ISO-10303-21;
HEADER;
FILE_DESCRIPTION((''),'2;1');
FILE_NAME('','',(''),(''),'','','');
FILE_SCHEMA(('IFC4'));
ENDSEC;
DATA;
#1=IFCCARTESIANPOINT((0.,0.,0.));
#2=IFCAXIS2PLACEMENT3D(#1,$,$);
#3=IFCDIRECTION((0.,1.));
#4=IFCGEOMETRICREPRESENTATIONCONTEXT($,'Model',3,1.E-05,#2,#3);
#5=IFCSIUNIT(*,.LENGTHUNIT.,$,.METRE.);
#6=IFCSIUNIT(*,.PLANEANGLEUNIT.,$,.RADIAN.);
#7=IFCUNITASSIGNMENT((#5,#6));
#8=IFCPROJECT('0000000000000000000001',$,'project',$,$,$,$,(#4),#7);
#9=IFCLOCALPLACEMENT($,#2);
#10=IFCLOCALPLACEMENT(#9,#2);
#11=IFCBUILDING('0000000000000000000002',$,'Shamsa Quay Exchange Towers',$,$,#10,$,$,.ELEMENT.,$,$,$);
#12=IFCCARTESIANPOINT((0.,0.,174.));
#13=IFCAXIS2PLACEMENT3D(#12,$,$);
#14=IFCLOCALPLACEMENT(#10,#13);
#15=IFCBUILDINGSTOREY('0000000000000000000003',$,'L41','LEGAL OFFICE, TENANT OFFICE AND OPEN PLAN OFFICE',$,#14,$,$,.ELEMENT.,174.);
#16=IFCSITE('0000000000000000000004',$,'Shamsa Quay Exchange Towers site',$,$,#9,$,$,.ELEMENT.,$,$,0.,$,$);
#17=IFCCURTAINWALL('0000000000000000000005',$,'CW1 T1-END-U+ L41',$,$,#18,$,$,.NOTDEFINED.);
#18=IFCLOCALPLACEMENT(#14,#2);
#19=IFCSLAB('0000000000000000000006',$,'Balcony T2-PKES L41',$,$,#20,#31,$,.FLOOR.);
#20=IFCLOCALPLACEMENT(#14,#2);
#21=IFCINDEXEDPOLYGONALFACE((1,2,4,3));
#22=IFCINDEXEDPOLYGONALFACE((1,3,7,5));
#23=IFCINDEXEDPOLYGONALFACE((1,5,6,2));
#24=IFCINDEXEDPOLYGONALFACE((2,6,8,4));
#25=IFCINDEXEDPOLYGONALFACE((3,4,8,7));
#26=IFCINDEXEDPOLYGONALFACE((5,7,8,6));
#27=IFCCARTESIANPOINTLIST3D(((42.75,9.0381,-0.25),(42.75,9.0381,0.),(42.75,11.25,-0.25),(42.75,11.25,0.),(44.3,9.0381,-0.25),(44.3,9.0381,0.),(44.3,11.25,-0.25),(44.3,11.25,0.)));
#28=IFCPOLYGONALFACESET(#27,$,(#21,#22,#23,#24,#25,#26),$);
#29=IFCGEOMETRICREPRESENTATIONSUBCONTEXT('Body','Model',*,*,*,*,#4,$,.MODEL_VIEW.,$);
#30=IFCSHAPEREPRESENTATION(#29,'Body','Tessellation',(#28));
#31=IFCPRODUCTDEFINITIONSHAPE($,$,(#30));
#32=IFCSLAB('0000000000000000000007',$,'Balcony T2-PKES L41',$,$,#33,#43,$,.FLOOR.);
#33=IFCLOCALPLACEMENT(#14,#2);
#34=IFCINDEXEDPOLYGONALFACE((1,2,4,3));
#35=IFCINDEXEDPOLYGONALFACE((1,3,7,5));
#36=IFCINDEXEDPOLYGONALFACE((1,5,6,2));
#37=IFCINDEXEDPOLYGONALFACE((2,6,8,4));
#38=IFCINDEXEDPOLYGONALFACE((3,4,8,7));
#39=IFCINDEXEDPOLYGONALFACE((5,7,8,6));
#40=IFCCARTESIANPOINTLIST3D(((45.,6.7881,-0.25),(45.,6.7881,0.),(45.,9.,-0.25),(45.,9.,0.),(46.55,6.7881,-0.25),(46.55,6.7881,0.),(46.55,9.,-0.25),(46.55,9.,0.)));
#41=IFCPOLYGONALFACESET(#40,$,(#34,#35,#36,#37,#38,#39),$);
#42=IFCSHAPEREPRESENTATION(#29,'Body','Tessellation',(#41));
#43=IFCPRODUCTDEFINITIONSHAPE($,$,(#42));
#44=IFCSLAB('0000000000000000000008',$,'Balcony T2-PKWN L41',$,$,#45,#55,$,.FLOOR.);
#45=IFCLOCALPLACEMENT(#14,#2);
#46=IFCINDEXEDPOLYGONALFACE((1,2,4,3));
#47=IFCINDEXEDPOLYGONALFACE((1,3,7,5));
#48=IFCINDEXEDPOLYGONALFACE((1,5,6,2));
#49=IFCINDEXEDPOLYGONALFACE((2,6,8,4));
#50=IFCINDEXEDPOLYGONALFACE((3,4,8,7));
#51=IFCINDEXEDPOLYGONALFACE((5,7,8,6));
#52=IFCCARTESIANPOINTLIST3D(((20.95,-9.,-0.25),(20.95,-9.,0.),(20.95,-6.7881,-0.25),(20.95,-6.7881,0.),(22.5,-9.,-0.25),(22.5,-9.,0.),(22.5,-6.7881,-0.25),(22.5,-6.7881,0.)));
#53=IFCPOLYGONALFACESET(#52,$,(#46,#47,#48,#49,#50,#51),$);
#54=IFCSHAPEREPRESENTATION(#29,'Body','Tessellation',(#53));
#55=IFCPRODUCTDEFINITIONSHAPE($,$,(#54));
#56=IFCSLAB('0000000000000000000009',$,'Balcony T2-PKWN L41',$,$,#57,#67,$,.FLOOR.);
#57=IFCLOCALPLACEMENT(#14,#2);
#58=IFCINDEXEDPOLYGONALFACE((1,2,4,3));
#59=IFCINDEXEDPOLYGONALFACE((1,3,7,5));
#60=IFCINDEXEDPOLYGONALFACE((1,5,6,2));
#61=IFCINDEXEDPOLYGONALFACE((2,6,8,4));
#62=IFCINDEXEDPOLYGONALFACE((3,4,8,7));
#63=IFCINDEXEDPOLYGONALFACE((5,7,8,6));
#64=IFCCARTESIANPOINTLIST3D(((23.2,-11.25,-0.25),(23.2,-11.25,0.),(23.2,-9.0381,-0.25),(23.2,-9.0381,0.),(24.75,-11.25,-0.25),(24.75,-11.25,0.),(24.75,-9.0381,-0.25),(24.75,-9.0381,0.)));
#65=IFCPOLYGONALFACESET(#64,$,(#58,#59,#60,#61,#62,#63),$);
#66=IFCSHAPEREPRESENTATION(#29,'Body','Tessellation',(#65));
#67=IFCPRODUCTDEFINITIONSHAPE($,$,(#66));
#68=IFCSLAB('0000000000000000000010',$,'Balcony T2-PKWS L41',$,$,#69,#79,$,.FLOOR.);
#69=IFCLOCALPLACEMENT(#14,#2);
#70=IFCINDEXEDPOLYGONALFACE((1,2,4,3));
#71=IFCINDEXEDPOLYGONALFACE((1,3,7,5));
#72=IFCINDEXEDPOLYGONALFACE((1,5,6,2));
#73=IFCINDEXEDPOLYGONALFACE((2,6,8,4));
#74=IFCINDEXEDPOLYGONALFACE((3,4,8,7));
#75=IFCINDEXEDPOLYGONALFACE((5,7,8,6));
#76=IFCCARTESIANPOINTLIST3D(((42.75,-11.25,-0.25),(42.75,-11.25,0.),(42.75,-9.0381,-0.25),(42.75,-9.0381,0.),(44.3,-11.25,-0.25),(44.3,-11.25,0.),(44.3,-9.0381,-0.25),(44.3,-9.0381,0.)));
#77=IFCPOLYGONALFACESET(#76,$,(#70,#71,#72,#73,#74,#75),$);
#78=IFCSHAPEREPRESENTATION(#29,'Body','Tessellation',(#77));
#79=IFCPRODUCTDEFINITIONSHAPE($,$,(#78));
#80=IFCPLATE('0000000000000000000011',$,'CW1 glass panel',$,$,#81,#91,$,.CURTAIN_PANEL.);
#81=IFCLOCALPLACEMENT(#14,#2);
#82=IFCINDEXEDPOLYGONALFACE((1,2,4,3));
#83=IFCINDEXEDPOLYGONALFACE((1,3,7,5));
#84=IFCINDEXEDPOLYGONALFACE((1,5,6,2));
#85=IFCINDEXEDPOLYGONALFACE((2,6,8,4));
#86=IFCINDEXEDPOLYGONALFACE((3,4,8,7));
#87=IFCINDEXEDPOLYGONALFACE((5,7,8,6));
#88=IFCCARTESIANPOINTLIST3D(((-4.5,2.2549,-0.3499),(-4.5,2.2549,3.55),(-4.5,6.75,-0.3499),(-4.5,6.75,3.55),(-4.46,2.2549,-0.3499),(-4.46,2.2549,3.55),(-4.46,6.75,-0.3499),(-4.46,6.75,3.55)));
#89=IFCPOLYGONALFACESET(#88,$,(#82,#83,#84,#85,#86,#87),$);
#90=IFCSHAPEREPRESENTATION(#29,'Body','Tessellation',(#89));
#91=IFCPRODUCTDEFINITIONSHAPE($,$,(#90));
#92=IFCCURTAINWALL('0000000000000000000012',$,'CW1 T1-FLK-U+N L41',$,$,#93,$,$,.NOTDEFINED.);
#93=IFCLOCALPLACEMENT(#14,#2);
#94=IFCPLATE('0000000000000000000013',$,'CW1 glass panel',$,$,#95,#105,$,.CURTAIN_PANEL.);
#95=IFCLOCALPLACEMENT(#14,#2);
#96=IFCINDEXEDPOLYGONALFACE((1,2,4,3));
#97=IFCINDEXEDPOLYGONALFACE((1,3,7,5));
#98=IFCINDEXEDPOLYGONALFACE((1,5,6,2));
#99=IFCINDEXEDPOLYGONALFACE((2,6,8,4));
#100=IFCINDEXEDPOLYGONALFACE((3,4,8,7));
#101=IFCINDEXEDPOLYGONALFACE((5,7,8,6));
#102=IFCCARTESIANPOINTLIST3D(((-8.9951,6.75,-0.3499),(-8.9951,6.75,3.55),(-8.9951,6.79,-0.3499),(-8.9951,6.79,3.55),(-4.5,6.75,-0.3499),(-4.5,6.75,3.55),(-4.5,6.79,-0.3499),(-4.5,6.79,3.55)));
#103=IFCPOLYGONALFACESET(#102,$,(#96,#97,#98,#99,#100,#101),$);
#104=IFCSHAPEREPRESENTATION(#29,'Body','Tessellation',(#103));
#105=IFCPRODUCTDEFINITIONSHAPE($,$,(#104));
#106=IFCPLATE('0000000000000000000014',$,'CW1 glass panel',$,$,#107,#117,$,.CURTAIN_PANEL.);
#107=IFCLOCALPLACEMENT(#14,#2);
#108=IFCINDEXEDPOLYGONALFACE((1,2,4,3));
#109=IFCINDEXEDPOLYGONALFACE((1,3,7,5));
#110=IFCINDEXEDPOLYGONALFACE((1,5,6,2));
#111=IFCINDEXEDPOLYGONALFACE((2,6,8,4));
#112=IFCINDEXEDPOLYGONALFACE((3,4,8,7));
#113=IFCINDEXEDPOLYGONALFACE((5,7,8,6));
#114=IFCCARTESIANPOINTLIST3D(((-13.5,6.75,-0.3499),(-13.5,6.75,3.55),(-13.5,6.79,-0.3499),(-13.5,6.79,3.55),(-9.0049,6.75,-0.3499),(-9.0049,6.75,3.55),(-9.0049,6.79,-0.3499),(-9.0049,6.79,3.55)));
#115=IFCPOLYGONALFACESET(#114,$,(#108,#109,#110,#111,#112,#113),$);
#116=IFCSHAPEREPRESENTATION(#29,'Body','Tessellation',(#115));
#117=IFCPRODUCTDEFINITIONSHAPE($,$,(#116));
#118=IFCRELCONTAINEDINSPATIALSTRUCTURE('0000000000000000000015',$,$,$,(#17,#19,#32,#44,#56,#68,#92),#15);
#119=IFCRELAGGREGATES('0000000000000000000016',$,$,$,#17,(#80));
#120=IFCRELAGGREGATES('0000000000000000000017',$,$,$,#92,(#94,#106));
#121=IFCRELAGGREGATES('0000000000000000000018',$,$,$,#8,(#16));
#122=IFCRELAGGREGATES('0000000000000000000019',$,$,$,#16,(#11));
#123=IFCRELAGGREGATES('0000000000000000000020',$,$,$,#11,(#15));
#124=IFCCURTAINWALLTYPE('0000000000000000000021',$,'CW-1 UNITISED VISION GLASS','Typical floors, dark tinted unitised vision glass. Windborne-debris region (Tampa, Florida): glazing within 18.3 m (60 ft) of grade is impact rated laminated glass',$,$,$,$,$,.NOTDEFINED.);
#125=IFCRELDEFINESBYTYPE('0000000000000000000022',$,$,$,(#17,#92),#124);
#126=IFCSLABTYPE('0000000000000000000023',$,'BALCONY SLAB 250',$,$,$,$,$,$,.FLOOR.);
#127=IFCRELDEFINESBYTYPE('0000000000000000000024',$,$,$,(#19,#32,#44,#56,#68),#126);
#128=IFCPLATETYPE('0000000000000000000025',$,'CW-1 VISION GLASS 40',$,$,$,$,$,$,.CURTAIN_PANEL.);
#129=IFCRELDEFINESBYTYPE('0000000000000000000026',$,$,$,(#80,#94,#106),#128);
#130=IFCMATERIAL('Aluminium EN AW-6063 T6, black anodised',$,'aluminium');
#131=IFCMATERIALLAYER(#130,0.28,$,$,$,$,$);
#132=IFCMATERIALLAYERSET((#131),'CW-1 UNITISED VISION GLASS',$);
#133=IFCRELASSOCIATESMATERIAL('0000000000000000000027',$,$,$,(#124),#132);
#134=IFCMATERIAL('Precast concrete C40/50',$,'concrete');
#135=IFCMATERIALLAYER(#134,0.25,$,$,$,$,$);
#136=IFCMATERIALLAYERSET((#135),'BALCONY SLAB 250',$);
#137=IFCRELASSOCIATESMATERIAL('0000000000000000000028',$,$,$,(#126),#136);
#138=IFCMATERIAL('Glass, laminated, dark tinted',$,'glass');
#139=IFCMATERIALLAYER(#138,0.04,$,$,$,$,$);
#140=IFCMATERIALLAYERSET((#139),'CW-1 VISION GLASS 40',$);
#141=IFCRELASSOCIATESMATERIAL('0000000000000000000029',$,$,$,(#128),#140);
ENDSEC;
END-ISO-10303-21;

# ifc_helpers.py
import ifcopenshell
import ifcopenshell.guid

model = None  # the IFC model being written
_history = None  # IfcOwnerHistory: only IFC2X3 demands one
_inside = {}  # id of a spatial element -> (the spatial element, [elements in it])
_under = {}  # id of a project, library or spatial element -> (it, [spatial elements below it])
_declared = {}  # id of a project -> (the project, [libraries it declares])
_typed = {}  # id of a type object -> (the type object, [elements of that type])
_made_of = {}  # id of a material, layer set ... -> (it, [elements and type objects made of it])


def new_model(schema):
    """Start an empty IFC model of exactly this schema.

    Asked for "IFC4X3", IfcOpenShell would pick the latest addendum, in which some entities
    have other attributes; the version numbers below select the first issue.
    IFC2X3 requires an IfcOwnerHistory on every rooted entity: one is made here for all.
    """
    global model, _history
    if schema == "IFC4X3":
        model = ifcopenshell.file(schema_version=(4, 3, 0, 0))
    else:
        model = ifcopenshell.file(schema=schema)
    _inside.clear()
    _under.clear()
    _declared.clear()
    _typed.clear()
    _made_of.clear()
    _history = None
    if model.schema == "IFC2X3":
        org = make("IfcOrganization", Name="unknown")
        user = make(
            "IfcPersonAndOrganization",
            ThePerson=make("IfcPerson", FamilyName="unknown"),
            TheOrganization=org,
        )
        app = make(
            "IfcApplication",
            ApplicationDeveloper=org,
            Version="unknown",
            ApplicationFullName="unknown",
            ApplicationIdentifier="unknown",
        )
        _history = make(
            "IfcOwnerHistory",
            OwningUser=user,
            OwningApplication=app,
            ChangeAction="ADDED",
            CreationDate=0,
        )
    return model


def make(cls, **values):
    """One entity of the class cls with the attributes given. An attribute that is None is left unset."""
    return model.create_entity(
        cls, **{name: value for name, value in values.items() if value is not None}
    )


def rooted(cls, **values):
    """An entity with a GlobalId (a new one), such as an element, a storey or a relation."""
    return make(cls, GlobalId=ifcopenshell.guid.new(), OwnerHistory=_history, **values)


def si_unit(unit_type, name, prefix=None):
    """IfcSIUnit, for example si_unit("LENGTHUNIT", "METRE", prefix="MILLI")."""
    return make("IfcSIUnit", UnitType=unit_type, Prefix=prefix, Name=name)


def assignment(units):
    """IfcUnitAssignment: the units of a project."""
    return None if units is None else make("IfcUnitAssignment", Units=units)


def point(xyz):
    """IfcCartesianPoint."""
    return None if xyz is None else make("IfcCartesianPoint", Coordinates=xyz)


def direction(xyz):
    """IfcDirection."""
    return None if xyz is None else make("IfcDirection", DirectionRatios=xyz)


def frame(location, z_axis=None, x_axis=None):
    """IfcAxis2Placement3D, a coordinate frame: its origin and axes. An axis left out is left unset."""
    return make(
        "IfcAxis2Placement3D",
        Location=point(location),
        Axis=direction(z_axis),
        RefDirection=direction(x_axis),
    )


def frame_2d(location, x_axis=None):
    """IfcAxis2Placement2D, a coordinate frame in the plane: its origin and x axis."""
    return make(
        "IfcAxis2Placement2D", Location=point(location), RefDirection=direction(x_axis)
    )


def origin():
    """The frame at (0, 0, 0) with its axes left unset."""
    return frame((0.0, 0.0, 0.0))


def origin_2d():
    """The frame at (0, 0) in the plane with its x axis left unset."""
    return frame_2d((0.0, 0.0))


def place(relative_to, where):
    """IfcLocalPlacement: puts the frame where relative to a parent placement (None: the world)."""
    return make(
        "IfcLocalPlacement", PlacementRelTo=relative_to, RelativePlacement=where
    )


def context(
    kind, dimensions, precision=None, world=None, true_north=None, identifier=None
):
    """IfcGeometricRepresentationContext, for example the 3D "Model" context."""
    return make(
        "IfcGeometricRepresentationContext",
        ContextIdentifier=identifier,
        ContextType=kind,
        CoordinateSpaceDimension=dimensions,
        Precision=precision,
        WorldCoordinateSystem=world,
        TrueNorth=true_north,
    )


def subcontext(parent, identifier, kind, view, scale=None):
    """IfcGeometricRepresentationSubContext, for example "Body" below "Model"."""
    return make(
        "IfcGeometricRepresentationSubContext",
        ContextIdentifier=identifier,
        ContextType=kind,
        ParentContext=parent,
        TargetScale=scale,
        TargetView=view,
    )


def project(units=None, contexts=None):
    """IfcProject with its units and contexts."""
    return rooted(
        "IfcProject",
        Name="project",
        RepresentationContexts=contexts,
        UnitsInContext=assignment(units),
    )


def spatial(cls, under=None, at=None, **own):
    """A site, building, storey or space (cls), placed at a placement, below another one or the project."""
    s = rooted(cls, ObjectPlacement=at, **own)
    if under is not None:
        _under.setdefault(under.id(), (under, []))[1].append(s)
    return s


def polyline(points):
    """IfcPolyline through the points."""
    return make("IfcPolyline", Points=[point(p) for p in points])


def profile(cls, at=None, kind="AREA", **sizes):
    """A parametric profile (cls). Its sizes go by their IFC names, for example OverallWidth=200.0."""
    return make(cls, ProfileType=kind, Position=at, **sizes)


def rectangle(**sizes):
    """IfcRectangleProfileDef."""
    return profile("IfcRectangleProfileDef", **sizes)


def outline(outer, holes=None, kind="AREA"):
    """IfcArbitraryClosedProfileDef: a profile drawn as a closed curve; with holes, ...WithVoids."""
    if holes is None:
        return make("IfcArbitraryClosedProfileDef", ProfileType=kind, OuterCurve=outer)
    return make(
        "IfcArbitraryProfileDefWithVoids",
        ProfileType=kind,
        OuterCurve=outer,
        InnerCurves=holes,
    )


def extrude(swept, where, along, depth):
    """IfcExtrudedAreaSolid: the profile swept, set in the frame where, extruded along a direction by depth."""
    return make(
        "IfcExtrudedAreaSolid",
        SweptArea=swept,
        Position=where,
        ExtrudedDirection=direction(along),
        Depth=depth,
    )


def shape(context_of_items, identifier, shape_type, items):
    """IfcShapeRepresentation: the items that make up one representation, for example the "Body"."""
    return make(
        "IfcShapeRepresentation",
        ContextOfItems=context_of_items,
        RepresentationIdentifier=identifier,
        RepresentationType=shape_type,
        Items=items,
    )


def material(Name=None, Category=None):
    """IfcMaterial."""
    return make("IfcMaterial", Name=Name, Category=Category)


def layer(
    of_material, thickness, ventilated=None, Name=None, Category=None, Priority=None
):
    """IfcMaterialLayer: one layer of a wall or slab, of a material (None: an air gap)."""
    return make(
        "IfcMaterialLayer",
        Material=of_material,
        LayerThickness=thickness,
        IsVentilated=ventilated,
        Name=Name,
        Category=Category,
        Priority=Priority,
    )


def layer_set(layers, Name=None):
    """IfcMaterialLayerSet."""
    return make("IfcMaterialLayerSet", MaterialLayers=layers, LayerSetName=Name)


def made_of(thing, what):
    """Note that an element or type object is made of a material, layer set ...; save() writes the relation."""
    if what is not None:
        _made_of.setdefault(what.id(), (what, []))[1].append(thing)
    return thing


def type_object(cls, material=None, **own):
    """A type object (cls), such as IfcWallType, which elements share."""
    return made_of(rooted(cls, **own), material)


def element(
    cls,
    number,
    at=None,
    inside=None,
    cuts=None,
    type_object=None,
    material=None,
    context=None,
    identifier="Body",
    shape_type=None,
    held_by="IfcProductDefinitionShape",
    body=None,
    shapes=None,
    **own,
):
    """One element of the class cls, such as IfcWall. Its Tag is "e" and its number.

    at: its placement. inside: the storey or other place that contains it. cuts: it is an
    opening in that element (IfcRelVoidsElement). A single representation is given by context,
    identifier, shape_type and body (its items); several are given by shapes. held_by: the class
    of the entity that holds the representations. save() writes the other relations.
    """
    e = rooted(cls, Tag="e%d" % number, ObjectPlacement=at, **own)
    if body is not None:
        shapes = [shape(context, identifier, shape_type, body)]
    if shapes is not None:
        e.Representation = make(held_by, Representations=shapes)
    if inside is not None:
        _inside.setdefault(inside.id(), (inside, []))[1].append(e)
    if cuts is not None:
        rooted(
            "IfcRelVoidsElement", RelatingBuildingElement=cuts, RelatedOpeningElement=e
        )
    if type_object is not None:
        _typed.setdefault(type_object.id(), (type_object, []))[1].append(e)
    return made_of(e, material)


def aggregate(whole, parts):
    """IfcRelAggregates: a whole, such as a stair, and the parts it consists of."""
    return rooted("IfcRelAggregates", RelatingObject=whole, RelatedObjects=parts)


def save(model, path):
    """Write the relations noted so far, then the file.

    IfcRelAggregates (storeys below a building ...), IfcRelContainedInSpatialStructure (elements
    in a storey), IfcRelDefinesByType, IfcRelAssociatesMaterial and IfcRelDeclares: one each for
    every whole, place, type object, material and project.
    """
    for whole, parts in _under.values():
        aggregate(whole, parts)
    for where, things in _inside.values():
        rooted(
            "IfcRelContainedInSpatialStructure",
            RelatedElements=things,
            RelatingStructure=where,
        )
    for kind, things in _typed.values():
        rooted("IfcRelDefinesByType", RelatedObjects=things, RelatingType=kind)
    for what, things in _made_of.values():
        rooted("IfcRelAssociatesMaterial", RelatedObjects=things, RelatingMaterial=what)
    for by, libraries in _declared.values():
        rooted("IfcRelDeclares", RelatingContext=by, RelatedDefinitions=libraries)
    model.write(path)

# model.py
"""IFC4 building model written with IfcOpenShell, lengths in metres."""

from ifc_helpers import new_model, si_unit, direction, frame, origin, origin_2d, place, context, subcontext, project, spatial, polyline, rectangle, outline, extrude, material, layer, layer_set, type_object, element, aggregate, save


model = new_model("IFC4")

# Units and contexts
model_context = context("Model", 3, precision=1e-05, world=origin(), true_north=direction((0.0, 1.0)))
body_context = subcontext(model_context, "Body", "Model", "MODEL_VIEW")
ifc_project = project(units=[si_unit("LENGTHUNIT", "METRE"), si_unit("PLANEANGLEUNIT", "RADIAN")], contexts=[model_context])

# Site, building, storey
site_placement = place(None, origin())
site = spatial("IfcSite", under=ifc_project, at=site_placement, Name="Shamsa Quay Exchange Towers site", CompositionType="ELEMENT", RefElevation=0.0)
building_placement = place(site_placement, origin())
building = spatial("IfcBuilding", under=site, at=building_placement, Name="Shamsa Quay Exchange Towers", CompositionType="ELEMENT")
storey_placement = place(building_placement, frame((0.0, 0.0, 174.0)))
storey = spatial("IfcBuildingStorey", under=building, at=storey_placement, Name="L41", Description="LEGAL OFFICE, TENANT OFFICE AND OPEN PLAN OFFICE", CompositionType="ELEMENT", Elevation=174.0)

# Curtain wall
ifc_material_1 = material(Name="Aluminium EN AW-6063 T6, black anodised", Category="aluminium")
ifc_layer_1 = layer(ifc_material_1, 0.28)
ifc_layer_set_1 = layer_set([ifc_layer_1], Name="CW-1 UNITISED VISION GLASS")
curtain_wall_type = type_object("IfcCurtainWallType", Name="CW-1 UNITISED VISION GLASS", Description="Typical floors, dark tinted unitised vision glass. Windborne-debris region (Tampa, Florida): glazing within 18.3 m (60 ft) of grade is impact rated laminated glass", PredefinedType="NOTDEFINED", material=ifc_layer_set_1)
curtain_wall_1_placement = place(storey_placement, origin())
curtain_wall_1 = element("IfcCurtainWall", 1, at=curtain_wall_1_placement, inside=storey, type_object=curtain_wall_type, Name="CW1 T1-END-U+ L41", PredefinedType="NOTDEFINED")

# Slabs
ifc_material_2 = material(Name="Precast concrete C40/50", Category="concrete")
ifc_layer_2 = layer(ifc_material_2, 0.25)
ifc_layer_set_2 = layer_set([ifc_layer_2], Name="BALCONY SLAB 250")
slab_type = type_object("IfcSlabType", Name="BALCONY SLAB 250", PredefinedType="FLOOR", material=ifc_layer_set_2)
slab_1_placement = place(storey_placement, frame((0.0, 0.0, -0.25)))
element("IfcSlab", 2, at=slab_1_placement, inside=storey, type_object=slab_type, Name="Balcony T2-PKES L41", PredefinedType="FLOOR", context=body_context, shape_type="SweptSolid", body=[
    extrude(outline(polyline([(42.75, 9.0381), (42.75, 11.25), (44.3, 11.25), (44.3, 9.0381), (42.75, 9.0381)])), origin(), (0.0, 0.0, 1.0), 0.25),
])
slab_2_placement = place(storey_placement, frame((0.0, 0.0, -0.25)))
element("IfcSlab", 3, at=slab_2_placement, inside=storey, type_object=slab_type, Name="Balcony T2-PKES L41", PredefinedType="FLOOR", context=body_context, shape_type="SweptSolid", body=[
    extrude(outline(polyline([(45.0, 6.7881), (45.0, 9.0), (46.55, 9.0), (46.55, 6.7881), (45.0, 6.7881)])), origin(), (0.0, 0.0, 1.0), 0.25),
])
slab_3_placement = place(storey_placement, frame((0.0, 0.0, -0.25)))
element("IfcSlab", 4, at=slab_3_placement, inside=storey, type_object=slab_type, Name="Balcony T2-PKWN L41", PredefinedType="FLOOR", context=body_context, shape_type="SweptSolid", body=[
    extrude(outline(polyline([(22.5, -6.7881), (22.5, -9.0), (20.95, -9.0), (20.95, -6.7881), (22.5, -6.7881)])), origin(), (0.0, 0.0, 1.0), 0.25),
])
slab_4_placement = place(storey_placement, frame((0.0, 0.0, -0.25)))
element("IfcSlab", 5, at=slab_4_placement, inside=storey, type_object=slab_type, Name="Balcony T2-PKWN L41", PredefinedType="FLOOR", context=body_context, shape_type="SweptSolid", body=[
    extrude(outline(polyline([(24.75, -9.0381), (24.75, -11.25), (23.2, -11.25), (23.2, -9.0381), (24.75, -9.0381)])), origin(), (0.0, 0.0, 1.0), 0.25),
])
slab_5_placement = place(storey_placement, frame((0.0, 0.0, -0.25)))
element("IfcSlab", 6, at=slab_5_placement, inside=storey, type_object=slab_type, Name="Balcony T2-PKWS L41", PredefinedType="FLOOR", context=body_context, shape_type="SweptSolid", body=[
    extrude(outline(polyline([(42.75, -11.25), (42.75, -9.0381), (44.3, -9.0381), (44.3, -11.25), (42.75, -11.25)])), origin(), (0.0, 0.0, 1.0), 0.25),
])

# Plate
ifc_material_3 = material(Name="Glass, laminated, dark tinted", Category="glass")
ifc_layer_3 = layer(ifc_material_3, 0.04)
ifc_layer_set_3 = layer_set([ifc_layer_3], Name="CW-1 VISION GLASS 40")
plate_type = type_object("IfcPlateType", Name="CW-1 VISION GLASS 40", PredefinedType="CURTAIN_PANEL", material=ifc_layer_set_3)
plate_1_placement = place(storey_placement, frame((-4.48, 4.5024, -0.3499), z_axis=(0.0, 0.0, 1.0), x_axis=(0.0, 1.0, 0.0)))
plate_1 = element("IfcPlate", 7, at=plate_1_placement, type_object=plate_type, Name="CW1 glass panel", PredefinedType="CURTAIN_PANEL", context=body_context, shape_type="SweptSolid", body=[
    extrude(rectangle(XDim=4.4951, YDim=0.04, at=origin_2d()), origin(), (0.0, 0.0, 1.0), 3.8999),
])
aggregate(curtain_wall_1, [plate_1])

# Curtain wall, plates
curtain_wall_2_placement = place(storey_placement, origin())
curtain_wall_2 = element("IfcCurtainWall", 8, at=curtain_wall_2_placement, inside=storey, type_object=curtain_wall_type, Name="CW1 T1-FLK-U+N L41", PredefinedType="NOTDEFINED")
plate_2_placement = place(storey_placement, frame((-6.7476, 6.77, -0.3499), z_axis=(0.0, 0.0, 1.0), x_axis=(-1.0, 0.0, 0.0)))
plate_2 = element("IfcPlate", 9, at=plate_2_placement, type_object=plate_type, Name="CW1 glass panel", PredefinedType="CURTAIN_PANEL", context=body_context, shape_type="SweptSolid", body=[
    extrude(rectangle(XDim=4.4951, YDim=0.04, at=origin_2d()), origin(), (0.0, 0.0, 1.0), 3.8999),
])
plate_3_placement = place(storey_placement, frame((-11.2524, 6.77, -0.3499), z_axis=(0.0, 0.0, 1.0), x_axis=(-1.0, 0.0, 0.0)))
plate_3 = element("IfcPlate", 10, at=plate_3_placement, type_object=plate_type, Name="CW1 glass panel", PredefinedType="CURTAIN_PANEL", context=body_context, shape_type="SweptSolid", body=[
    extrude(rectangle(XDim=4.4951, YDim=0.04, at=origin_2d()), origin(), (0.0, 0.0, 1.0), 3.8999),
])
aggregate(curtain_wall_2, [plate_2, plate_3])

save(model, "model.ifc")
